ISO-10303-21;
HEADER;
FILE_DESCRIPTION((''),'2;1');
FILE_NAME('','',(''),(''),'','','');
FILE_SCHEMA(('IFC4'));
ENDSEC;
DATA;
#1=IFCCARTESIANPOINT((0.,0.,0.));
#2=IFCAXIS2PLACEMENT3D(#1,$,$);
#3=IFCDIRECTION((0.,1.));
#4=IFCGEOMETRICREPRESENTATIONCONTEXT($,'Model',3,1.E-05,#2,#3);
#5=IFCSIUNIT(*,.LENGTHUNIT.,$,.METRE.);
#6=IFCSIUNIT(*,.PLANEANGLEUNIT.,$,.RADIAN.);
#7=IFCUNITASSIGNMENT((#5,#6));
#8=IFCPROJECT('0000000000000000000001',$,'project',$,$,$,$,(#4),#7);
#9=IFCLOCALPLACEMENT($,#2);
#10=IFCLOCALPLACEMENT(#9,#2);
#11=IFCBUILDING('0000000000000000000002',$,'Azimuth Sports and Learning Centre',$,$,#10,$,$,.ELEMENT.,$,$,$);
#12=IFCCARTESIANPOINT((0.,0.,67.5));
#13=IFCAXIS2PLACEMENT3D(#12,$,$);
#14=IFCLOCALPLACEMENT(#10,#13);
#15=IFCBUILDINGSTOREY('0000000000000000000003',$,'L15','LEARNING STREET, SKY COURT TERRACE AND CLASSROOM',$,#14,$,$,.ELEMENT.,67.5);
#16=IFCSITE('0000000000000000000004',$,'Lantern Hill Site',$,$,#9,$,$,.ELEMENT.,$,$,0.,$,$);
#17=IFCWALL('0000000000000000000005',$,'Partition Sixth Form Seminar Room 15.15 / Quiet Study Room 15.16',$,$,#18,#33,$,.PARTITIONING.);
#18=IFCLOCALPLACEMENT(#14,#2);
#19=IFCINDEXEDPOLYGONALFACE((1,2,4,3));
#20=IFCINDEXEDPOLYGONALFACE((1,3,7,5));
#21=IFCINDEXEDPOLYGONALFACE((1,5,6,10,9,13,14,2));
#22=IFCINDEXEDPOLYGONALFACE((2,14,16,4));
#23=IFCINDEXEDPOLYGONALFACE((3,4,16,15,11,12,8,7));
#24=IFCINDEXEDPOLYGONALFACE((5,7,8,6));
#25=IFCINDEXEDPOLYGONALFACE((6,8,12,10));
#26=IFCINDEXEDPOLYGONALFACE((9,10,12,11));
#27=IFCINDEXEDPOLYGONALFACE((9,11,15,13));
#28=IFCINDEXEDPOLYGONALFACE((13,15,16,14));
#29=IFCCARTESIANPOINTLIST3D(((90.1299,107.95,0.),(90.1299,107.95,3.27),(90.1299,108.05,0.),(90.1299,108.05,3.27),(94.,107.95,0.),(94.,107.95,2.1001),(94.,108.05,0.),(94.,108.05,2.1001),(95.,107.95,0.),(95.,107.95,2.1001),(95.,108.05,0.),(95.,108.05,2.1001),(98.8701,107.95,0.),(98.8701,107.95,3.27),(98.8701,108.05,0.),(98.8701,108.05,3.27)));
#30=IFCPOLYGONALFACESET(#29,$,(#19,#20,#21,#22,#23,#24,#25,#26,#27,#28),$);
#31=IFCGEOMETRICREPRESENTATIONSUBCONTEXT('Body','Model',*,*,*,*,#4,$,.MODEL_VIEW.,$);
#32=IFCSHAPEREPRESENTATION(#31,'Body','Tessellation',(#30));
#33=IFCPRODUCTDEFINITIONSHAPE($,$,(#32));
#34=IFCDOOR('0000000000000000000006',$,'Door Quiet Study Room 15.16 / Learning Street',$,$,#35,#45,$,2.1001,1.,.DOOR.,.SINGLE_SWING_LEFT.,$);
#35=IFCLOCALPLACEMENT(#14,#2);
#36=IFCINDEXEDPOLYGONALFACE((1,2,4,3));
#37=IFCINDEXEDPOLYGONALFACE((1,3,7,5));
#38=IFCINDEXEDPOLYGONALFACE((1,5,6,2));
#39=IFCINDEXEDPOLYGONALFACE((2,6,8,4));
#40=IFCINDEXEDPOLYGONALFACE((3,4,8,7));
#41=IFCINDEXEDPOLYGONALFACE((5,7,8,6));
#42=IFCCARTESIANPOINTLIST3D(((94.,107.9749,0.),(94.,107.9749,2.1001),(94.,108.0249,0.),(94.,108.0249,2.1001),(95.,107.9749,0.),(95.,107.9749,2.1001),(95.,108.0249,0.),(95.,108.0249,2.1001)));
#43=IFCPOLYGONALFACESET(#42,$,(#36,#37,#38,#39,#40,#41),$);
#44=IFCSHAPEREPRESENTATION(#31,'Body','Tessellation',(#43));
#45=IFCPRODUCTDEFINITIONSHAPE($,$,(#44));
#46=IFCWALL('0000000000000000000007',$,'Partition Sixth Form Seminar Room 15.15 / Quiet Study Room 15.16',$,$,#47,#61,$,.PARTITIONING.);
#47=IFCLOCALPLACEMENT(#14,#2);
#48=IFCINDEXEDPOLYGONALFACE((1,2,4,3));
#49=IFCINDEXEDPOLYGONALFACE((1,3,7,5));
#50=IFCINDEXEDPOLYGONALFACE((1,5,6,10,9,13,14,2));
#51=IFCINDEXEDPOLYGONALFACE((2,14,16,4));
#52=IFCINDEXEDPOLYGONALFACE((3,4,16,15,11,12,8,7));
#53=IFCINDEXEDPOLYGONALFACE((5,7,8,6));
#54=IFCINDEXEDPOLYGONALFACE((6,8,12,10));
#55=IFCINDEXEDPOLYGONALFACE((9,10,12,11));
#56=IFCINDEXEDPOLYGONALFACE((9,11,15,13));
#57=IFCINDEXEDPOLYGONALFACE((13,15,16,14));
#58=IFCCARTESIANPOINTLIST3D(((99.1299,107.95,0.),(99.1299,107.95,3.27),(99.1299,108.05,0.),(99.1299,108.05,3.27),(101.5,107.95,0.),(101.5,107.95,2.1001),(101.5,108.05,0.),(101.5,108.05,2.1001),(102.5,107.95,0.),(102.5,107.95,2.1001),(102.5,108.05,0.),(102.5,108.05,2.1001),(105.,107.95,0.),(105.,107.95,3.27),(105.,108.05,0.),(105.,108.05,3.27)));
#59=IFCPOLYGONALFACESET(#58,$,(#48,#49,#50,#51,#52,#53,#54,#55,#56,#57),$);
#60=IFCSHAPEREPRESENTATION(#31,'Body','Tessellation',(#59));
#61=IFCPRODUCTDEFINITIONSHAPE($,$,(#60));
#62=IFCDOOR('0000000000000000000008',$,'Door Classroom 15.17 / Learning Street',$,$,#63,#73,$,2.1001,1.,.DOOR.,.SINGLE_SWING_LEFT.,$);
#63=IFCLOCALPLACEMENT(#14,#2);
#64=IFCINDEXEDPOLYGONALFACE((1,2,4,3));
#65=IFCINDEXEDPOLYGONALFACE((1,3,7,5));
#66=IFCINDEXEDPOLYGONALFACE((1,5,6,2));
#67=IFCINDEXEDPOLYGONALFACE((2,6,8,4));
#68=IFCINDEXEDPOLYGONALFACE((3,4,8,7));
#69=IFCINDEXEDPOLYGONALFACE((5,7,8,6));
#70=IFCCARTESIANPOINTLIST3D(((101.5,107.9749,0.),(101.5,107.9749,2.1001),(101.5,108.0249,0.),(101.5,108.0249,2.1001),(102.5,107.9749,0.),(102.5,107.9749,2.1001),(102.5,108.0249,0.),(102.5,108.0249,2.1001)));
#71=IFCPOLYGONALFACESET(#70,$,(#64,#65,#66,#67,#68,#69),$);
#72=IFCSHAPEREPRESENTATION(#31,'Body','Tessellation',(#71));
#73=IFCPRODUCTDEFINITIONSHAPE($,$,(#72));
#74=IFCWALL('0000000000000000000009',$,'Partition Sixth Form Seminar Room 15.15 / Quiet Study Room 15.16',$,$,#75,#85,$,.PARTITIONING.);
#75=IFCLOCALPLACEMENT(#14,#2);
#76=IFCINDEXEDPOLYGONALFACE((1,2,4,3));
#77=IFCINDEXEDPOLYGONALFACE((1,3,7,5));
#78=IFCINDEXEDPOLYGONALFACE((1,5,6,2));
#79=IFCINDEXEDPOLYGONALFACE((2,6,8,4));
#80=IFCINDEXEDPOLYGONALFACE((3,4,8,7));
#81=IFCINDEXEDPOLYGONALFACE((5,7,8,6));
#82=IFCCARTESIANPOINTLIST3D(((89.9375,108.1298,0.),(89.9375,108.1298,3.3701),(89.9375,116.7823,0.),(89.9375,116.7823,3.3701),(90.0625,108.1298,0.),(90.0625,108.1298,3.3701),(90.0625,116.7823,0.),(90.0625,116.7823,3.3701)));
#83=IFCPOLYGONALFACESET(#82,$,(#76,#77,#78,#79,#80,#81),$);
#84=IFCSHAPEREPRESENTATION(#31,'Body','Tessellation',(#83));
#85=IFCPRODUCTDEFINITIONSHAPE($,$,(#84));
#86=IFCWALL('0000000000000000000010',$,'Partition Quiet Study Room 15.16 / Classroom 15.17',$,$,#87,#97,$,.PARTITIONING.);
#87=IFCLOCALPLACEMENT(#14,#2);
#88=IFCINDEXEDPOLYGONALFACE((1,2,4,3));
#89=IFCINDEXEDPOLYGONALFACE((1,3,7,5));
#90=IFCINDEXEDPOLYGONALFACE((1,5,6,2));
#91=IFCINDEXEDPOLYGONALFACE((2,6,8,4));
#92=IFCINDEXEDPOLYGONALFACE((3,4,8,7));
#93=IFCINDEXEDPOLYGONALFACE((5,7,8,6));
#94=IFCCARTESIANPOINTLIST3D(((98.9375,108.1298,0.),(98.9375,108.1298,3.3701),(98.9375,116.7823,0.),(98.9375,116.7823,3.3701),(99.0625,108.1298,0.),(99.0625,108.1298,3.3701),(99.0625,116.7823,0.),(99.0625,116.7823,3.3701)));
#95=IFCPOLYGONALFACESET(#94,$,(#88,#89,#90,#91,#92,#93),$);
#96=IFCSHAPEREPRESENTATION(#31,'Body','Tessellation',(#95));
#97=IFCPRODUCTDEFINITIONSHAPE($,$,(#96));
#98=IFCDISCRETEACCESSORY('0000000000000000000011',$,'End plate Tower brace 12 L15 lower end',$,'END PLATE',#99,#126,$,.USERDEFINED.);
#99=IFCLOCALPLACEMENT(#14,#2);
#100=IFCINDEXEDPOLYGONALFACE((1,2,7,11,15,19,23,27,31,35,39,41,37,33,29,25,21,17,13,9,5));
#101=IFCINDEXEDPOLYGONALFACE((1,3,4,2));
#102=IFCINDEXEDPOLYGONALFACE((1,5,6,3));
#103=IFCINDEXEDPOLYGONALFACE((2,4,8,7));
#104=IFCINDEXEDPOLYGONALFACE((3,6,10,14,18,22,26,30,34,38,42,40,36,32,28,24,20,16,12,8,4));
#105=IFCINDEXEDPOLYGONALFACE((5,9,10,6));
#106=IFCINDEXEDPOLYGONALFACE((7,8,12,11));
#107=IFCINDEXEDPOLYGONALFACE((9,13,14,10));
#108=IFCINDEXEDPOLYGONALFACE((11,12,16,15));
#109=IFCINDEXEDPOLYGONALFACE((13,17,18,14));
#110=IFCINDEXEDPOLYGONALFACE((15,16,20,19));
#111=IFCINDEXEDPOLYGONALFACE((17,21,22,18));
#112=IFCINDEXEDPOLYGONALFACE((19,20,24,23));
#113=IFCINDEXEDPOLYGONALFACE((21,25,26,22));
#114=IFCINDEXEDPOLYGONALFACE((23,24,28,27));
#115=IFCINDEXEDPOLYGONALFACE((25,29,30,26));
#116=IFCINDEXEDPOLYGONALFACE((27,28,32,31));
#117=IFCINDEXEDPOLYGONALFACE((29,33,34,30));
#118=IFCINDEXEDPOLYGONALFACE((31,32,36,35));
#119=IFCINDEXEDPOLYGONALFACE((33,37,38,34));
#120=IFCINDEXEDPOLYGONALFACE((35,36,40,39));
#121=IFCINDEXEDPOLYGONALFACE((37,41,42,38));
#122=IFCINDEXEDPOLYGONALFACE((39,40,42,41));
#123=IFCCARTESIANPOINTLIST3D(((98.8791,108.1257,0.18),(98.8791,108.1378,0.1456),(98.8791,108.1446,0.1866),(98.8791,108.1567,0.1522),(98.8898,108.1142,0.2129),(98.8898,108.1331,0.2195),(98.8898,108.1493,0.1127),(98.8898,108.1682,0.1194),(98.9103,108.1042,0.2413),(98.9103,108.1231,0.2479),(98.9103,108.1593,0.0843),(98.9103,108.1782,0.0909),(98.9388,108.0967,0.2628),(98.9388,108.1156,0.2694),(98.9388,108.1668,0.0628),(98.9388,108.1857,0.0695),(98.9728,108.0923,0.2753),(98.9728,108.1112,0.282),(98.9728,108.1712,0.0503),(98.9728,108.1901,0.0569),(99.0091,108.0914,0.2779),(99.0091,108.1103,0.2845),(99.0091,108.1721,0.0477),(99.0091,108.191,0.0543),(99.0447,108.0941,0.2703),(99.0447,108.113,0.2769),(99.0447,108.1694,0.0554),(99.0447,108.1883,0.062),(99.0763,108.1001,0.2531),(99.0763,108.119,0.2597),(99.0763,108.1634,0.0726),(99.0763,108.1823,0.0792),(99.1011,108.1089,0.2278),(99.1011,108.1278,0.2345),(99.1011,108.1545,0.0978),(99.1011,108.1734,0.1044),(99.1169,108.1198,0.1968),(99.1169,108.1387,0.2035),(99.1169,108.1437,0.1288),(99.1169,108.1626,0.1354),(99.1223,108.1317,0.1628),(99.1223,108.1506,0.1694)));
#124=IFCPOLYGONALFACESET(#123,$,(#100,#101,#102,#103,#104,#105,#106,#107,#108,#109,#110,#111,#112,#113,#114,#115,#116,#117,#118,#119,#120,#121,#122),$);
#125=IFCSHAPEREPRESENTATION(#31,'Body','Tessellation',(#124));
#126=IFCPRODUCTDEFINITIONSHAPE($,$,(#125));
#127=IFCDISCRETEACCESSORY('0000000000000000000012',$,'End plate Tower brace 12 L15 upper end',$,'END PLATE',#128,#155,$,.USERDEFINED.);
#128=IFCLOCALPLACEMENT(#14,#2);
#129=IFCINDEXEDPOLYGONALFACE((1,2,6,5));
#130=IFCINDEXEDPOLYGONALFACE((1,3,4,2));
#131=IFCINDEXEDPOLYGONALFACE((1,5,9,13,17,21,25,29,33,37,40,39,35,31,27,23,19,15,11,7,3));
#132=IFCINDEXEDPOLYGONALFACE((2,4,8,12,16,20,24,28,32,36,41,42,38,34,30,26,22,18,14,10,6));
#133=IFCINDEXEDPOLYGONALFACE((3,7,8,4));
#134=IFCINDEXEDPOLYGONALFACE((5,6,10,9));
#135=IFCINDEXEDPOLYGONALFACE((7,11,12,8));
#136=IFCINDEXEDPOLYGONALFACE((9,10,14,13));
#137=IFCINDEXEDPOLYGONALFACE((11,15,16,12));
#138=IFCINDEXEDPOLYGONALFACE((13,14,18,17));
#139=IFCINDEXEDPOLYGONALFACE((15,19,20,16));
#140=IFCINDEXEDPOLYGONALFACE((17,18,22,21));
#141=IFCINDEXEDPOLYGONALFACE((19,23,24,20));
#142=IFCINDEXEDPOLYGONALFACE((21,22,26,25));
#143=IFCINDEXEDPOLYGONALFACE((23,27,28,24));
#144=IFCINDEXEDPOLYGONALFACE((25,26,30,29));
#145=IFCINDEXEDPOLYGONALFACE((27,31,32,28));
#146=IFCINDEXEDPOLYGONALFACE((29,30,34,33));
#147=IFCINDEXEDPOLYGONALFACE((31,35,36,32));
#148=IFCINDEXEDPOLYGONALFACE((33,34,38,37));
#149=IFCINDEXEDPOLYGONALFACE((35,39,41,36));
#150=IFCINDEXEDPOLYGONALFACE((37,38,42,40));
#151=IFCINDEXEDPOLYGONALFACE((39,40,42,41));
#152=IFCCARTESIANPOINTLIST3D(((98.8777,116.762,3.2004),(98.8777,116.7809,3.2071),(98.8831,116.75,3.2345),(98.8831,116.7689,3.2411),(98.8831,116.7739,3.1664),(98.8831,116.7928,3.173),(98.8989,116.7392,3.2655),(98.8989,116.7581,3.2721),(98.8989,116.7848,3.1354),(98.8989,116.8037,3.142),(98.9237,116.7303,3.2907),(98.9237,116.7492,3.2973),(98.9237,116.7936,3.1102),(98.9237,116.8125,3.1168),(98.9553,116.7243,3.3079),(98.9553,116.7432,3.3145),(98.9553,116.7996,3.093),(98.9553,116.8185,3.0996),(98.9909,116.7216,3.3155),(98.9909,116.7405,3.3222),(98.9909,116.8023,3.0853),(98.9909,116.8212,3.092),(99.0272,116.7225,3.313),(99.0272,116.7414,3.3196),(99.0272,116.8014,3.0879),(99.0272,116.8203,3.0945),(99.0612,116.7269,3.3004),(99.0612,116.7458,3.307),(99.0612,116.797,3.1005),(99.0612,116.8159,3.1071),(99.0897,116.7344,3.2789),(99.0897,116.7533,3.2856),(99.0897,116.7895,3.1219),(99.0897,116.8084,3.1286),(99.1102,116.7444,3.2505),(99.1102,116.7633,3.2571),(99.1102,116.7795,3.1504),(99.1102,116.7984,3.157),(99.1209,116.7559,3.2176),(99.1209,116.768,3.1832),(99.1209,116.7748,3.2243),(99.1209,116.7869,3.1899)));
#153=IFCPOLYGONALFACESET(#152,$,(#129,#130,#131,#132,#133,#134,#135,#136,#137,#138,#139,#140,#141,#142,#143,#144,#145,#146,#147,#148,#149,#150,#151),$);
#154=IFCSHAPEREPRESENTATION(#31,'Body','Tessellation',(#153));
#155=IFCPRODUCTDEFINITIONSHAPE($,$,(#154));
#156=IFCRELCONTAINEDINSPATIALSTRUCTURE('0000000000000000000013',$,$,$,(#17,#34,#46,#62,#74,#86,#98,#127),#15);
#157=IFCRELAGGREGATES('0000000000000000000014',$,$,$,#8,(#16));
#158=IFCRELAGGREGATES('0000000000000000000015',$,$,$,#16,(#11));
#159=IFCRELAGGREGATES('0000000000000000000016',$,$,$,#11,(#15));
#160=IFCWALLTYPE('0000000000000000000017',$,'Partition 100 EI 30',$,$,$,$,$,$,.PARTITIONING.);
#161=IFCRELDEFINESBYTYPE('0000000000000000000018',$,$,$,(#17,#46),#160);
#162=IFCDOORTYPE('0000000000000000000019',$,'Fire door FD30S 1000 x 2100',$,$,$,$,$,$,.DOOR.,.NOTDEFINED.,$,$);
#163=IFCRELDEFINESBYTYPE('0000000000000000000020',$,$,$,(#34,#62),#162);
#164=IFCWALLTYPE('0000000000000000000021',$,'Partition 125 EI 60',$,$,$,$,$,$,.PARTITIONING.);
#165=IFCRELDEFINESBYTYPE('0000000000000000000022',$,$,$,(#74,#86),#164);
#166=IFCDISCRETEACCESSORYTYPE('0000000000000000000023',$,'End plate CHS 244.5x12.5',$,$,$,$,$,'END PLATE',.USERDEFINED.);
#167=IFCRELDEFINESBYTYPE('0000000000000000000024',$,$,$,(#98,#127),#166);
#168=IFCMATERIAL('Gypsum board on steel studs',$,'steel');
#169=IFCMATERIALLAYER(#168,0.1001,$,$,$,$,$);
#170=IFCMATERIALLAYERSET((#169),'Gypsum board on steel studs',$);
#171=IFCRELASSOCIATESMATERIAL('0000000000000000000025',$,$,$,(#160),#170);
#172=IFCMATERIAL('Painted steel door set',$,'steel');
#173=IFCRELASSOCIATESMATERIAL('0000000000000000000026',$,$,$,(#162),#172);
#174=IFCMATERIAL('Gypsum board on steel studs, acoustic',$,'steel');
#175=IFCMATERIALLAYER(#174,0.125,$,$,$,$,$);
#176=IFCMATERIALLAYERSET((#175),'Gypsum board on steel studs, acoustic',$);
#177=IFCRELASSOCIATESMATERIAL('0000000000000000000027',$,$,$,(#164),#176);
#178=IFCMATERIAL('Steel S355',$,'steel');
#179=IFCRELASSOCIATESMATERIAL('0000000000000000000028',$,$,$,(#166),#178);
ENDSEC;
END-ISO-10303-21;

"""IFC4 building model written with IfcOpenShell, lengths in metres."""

from ifc_helpers import new_model, si_unit, direction, frame, frame_2d, origin, origin_2d, place, context, subcontext, project, spatial, rectangle, circle, extrude, material, layer, layer_set, material_profile, profile_set, type_object, element, fill, save


model = new_model("IFC4")

# Units and contexts
model_context = context("Model", 3, precision=1e-05, world=origin(), true_north=direction((0.0, 1.0)))
body_context = subcontext(model_context, "Body", "Model", "MODEL_VIEW")
ifc_project = project(units=[si_unit("LENGTHUNIT", "METRE"), si_unit("PLANEANGLEUNIT", "RADIAN")], contexts=[model_context])

# Site, building, storey
site_placement = place(None, origin())
site = spatial("IfcSite", under=ifc_project, at=site_placement, Name="Lantern Hill Site", CompositionType="ELEMENT", RefElevation=0.0)
building_placement = place(site_placement, origin())
building = spatial("IfcBuilding", under=site, at=building_placement, Name="Azimuth Sports and Learning Centre", CompositionType="ELEMENT")
storey_placement = place(building_placement, frame((0.0, 0.0, 67.5)))
storey = spatial("IfcBuildingStorey", under=building, at=storey_placement, Name="L15", Description="LEARNING STREET, SKY COURT TERRACE AND CLASSROOM", CompositionType="ELEMENT", Elevation=67.5)

# Walls, openings, doors
ifc_material_1 = material(Name="Gypsum board on steel studs", Category="steel")
ifc_layer_1 = layer(ifc_material_1, 0.1001)
ifc_layer_set_1 = layer_set([ifc_layer_1], Name="Gypsum board on steel studs")
wall_type_1 = type_object("IfcWallType", Name="Partition 100 EI 30", PredefinedType="PARTITIONING", material=ifc_layer_set_1)
wall_1_placement = place(storey_placement, frame((90.1299, 108.0, 0.0), z_axis=(0.0, 0.0, 1.0), x_axis=(1.0, 0.0, 0.0)))
wall_1 = element("IfcWall", 1, at=wall_1_placement, inside=storey, type_object=wall_type_1, Name="Partition Sixth Form Seminar Room 15.15 / Quiet Study Room 15.16", PredefinedType="PARTITIONING", context=body_context, shape_type="SweptSolid", body=[
    extrude(rectangle(XDim=8.7402, YDim=0.1001, at=frame_2d((4.3701, 0.0))), origin(), (0.0, 0.0, 1.0), 3.27),
])
opening_1_placement = place(wall_1_placement, frame((3.8701, 0.0, 0.0)))
opening_1 = element("IfcOpeningElement", 2, at=opening_1_placement, cuts=wall_1, PredefinedType="OPENING", context=body_context, shape_type="SweptSolid", body=[
    extrude(rectangle(XDim=1.0, YDim=2.1001, at=frame_2d((0.5, 1.05))), frame((0.0, 0.061, 0.0), z_axis=(0.0, -1.0, 0.0), x_axis=(1.0, 0.0, 0.0)), (0.0, 0.0, 1.0), 0.1221),
])
ifc_material_2 = material(Name="Painted steel door set", Category="steel")
door_type = type_object("IfcDoorType", Name="Fire door FD30S 1000 x 2100", OperationType="NOTDEFINED", PredefinedType="DOOR", material=ifc_material_2)
door_1_placement = place(opening_1_placement, origin())
door_1 = element("IfcDoor", 3, at=door_1_placement, inside=storey, type_object=door_type, Name="Door Quiet Study Room 15.16 / Learning Street", OperationType="SINGLE_SWING_LEFT", OverallHeight=2.1001, OverallWidth=1.0, PredefinedType="DOOR", context=body_context, shape_type="SweptSolid", body=[
    extrude(rectangle(XDim=1.0, YDim=2.1001, at=frame_2d((0.5, 1.05))), frame((0.0, 0.0249, 0.0), z_axis=(0.0, -1.0, 0.0), x_axis=(1.0, 0.0, 0.0)), (0.0, 0.0, 1.0), 0.05),
])
fill(opening_1, door_1)
wall_2_placement = place(storey_placement, frame((99.1299, 108.0, 0.0), z_axis=(0.0, 0.0, 1.0), x_axis=(1.0, 0.0, 0.0)))
wall_2 = element("IfcWall", 4, at=wall_2_placement, inside=storey, type_object=wall_type_1, Name="Partition Sixth Form Seminar Room 15.15 / Quiet Study Room 15.16", PredefinedType="PARTITIONING", context=body_context, shape_type="SweptSolid", body=[
    extrude(rectangle(XDim=5.8701, YDim=0.1001, at=frame_2d((2.9351, 0.0))), origin(), (0.0, 0.0, 1.0), 3.27),
])
opening_2_placement = place(wall_2_placement, frame((2.3701, 0.0, 0.0)))
opening_2 = element("IfcOpeningElement", 5, at=opening_2_placement, cuts=wall_2, PredefinedType="OPENING", context=body_context, shape_type="SweptSolid", body=[
    extrude(rectangle(XDim=1.0, YDim=2.1001, at=frame_2d((0.5, 1.05))), frame((0.0, 0.061, 0.0), z_axis=(0.0, -1.0, 0.0), x_axis=(1.0, 0.0, 0.0)), (0.0, 0.0, 1.0), 0.1221),
])
door_2_placement = place(opening_2_placement, origin())
door_2 = element("IfcDoor", 6, at=door_2_placement, inside=storey, type_object=door_type, Name="Door Classroom 15.17 / Learning Street", OperationType="SINGLE_SWING_LEFT", OverallHeight=2.1001, OverallWidth=1.0, PredefinedType="DOOR", context=body_context, shape_type="SweptSolid", body=[
    extrude(rectangle(XDim=1.0, YDim=2.1001, at=frame_2d((0.5, 1.05))), frame((0.0, 0.0249, 0.0), z_axis=(0.0, -1.0, 0.0), x_axis=(1.0, 0.0, 0.0)), (0.0, 0.0, 1.0), 0.05),
])
fill(opening_2, door_2)

# Walls
ifc_material_3 = material(Name="Gypsum board on steel studs, acoustic", Category="steel")
ifc_layer_2 = layer(ifc_material_3, 0.125)
ifc_layer_set_2 = layer_set([ifc_layer_2], Name="Gypsum board on steel studs, acoustic")
wall_type_2 = type_object("IfcWallType", Name="Partition 125 EI 60", PredefinedType="PARTITIONING", material=ifc_layer_set_2)
for number, where, z_axis, x_axis, name in (
    (7, (90.0, 108.1299, 0.0), (0.0, 0.0, 1.0), (0.0, 1.0, 0.0), "Partition Sixth Form Seminar Room 15.15 / Quiet Study Room 15.16"),
    (8, (99.0, 108.1299, 0.0), (0.0, 0.0, 1.0), (0.0, 1.0, 0.0), "Partition Quiet Study Room 15.16 / Classroom 15.17"),
):
    element("IfcWall", number, at=place(storey_placement, frame(where, z_axis=z_axis, x_axis=x_axis)), inside=storey, type_object=wall_type_2, Name=name, PredefinedType="PARTITIONING", context=body_context, shape_type="SweptSolid", body=[
        extrude(rectangle(XDim=8.6526, YDim=0.125, at=frame_2d((4.3262, 0.0))), origin(), (0.0, 0.0, 1.0), 3.3701),
    ])

# Discrete accessories
ifc_material_4 = material(Name="Steel S355", Category="steel")
ifc_material_profile_1 = material_profile(ifc_material_4, circle(Radius=0.1223, at=origin_2d()), Name="PL 244 DISC")
ifc_profile_set_1 = profile_set([ifc_material_profile_1], Name="Steel S355")
discrete_accessory_type = type_object("IfcDiscreteAccessoryType", Name="End plate CHS 244.5x12.5", ElementType="END PLATE", PredefinedType="USERDEFINED", material=ifc_profile_set_1)
for number, where, z_axis, x_axis, name in (
    (9, (99.0, 108.1506, 0.1694), (0.0, -0.943667, -0.330896), (1.0, 0.0, 0.0), "End plate Tower brace 12 L15 lower end"),
    (10, (99.0, 116.762, 3.2004), (0.0, 0.943667, 0.330896), (-1.0, 0.0, 0.0), "End plate Tower brace 12 L15 upper end"),
):
    element("IfcDiscreteAccessory", number, at=place(storey_placement, frame(where, z_axis=z_axis, x_axis=x_axis)), inside=storey, type_object=discrete_accessory_type, Name=name, ObjectType="END PLATE", PredefinedType="USERDEFINED", context=body_context, shape_type="SweptSolid", body=[
        extrude(circle(Radius=0.1223, at=origin_2d()), origin(), (0.0, 0.0, 1.0), 0.02),
    ])

save(model, "model.ifc")
